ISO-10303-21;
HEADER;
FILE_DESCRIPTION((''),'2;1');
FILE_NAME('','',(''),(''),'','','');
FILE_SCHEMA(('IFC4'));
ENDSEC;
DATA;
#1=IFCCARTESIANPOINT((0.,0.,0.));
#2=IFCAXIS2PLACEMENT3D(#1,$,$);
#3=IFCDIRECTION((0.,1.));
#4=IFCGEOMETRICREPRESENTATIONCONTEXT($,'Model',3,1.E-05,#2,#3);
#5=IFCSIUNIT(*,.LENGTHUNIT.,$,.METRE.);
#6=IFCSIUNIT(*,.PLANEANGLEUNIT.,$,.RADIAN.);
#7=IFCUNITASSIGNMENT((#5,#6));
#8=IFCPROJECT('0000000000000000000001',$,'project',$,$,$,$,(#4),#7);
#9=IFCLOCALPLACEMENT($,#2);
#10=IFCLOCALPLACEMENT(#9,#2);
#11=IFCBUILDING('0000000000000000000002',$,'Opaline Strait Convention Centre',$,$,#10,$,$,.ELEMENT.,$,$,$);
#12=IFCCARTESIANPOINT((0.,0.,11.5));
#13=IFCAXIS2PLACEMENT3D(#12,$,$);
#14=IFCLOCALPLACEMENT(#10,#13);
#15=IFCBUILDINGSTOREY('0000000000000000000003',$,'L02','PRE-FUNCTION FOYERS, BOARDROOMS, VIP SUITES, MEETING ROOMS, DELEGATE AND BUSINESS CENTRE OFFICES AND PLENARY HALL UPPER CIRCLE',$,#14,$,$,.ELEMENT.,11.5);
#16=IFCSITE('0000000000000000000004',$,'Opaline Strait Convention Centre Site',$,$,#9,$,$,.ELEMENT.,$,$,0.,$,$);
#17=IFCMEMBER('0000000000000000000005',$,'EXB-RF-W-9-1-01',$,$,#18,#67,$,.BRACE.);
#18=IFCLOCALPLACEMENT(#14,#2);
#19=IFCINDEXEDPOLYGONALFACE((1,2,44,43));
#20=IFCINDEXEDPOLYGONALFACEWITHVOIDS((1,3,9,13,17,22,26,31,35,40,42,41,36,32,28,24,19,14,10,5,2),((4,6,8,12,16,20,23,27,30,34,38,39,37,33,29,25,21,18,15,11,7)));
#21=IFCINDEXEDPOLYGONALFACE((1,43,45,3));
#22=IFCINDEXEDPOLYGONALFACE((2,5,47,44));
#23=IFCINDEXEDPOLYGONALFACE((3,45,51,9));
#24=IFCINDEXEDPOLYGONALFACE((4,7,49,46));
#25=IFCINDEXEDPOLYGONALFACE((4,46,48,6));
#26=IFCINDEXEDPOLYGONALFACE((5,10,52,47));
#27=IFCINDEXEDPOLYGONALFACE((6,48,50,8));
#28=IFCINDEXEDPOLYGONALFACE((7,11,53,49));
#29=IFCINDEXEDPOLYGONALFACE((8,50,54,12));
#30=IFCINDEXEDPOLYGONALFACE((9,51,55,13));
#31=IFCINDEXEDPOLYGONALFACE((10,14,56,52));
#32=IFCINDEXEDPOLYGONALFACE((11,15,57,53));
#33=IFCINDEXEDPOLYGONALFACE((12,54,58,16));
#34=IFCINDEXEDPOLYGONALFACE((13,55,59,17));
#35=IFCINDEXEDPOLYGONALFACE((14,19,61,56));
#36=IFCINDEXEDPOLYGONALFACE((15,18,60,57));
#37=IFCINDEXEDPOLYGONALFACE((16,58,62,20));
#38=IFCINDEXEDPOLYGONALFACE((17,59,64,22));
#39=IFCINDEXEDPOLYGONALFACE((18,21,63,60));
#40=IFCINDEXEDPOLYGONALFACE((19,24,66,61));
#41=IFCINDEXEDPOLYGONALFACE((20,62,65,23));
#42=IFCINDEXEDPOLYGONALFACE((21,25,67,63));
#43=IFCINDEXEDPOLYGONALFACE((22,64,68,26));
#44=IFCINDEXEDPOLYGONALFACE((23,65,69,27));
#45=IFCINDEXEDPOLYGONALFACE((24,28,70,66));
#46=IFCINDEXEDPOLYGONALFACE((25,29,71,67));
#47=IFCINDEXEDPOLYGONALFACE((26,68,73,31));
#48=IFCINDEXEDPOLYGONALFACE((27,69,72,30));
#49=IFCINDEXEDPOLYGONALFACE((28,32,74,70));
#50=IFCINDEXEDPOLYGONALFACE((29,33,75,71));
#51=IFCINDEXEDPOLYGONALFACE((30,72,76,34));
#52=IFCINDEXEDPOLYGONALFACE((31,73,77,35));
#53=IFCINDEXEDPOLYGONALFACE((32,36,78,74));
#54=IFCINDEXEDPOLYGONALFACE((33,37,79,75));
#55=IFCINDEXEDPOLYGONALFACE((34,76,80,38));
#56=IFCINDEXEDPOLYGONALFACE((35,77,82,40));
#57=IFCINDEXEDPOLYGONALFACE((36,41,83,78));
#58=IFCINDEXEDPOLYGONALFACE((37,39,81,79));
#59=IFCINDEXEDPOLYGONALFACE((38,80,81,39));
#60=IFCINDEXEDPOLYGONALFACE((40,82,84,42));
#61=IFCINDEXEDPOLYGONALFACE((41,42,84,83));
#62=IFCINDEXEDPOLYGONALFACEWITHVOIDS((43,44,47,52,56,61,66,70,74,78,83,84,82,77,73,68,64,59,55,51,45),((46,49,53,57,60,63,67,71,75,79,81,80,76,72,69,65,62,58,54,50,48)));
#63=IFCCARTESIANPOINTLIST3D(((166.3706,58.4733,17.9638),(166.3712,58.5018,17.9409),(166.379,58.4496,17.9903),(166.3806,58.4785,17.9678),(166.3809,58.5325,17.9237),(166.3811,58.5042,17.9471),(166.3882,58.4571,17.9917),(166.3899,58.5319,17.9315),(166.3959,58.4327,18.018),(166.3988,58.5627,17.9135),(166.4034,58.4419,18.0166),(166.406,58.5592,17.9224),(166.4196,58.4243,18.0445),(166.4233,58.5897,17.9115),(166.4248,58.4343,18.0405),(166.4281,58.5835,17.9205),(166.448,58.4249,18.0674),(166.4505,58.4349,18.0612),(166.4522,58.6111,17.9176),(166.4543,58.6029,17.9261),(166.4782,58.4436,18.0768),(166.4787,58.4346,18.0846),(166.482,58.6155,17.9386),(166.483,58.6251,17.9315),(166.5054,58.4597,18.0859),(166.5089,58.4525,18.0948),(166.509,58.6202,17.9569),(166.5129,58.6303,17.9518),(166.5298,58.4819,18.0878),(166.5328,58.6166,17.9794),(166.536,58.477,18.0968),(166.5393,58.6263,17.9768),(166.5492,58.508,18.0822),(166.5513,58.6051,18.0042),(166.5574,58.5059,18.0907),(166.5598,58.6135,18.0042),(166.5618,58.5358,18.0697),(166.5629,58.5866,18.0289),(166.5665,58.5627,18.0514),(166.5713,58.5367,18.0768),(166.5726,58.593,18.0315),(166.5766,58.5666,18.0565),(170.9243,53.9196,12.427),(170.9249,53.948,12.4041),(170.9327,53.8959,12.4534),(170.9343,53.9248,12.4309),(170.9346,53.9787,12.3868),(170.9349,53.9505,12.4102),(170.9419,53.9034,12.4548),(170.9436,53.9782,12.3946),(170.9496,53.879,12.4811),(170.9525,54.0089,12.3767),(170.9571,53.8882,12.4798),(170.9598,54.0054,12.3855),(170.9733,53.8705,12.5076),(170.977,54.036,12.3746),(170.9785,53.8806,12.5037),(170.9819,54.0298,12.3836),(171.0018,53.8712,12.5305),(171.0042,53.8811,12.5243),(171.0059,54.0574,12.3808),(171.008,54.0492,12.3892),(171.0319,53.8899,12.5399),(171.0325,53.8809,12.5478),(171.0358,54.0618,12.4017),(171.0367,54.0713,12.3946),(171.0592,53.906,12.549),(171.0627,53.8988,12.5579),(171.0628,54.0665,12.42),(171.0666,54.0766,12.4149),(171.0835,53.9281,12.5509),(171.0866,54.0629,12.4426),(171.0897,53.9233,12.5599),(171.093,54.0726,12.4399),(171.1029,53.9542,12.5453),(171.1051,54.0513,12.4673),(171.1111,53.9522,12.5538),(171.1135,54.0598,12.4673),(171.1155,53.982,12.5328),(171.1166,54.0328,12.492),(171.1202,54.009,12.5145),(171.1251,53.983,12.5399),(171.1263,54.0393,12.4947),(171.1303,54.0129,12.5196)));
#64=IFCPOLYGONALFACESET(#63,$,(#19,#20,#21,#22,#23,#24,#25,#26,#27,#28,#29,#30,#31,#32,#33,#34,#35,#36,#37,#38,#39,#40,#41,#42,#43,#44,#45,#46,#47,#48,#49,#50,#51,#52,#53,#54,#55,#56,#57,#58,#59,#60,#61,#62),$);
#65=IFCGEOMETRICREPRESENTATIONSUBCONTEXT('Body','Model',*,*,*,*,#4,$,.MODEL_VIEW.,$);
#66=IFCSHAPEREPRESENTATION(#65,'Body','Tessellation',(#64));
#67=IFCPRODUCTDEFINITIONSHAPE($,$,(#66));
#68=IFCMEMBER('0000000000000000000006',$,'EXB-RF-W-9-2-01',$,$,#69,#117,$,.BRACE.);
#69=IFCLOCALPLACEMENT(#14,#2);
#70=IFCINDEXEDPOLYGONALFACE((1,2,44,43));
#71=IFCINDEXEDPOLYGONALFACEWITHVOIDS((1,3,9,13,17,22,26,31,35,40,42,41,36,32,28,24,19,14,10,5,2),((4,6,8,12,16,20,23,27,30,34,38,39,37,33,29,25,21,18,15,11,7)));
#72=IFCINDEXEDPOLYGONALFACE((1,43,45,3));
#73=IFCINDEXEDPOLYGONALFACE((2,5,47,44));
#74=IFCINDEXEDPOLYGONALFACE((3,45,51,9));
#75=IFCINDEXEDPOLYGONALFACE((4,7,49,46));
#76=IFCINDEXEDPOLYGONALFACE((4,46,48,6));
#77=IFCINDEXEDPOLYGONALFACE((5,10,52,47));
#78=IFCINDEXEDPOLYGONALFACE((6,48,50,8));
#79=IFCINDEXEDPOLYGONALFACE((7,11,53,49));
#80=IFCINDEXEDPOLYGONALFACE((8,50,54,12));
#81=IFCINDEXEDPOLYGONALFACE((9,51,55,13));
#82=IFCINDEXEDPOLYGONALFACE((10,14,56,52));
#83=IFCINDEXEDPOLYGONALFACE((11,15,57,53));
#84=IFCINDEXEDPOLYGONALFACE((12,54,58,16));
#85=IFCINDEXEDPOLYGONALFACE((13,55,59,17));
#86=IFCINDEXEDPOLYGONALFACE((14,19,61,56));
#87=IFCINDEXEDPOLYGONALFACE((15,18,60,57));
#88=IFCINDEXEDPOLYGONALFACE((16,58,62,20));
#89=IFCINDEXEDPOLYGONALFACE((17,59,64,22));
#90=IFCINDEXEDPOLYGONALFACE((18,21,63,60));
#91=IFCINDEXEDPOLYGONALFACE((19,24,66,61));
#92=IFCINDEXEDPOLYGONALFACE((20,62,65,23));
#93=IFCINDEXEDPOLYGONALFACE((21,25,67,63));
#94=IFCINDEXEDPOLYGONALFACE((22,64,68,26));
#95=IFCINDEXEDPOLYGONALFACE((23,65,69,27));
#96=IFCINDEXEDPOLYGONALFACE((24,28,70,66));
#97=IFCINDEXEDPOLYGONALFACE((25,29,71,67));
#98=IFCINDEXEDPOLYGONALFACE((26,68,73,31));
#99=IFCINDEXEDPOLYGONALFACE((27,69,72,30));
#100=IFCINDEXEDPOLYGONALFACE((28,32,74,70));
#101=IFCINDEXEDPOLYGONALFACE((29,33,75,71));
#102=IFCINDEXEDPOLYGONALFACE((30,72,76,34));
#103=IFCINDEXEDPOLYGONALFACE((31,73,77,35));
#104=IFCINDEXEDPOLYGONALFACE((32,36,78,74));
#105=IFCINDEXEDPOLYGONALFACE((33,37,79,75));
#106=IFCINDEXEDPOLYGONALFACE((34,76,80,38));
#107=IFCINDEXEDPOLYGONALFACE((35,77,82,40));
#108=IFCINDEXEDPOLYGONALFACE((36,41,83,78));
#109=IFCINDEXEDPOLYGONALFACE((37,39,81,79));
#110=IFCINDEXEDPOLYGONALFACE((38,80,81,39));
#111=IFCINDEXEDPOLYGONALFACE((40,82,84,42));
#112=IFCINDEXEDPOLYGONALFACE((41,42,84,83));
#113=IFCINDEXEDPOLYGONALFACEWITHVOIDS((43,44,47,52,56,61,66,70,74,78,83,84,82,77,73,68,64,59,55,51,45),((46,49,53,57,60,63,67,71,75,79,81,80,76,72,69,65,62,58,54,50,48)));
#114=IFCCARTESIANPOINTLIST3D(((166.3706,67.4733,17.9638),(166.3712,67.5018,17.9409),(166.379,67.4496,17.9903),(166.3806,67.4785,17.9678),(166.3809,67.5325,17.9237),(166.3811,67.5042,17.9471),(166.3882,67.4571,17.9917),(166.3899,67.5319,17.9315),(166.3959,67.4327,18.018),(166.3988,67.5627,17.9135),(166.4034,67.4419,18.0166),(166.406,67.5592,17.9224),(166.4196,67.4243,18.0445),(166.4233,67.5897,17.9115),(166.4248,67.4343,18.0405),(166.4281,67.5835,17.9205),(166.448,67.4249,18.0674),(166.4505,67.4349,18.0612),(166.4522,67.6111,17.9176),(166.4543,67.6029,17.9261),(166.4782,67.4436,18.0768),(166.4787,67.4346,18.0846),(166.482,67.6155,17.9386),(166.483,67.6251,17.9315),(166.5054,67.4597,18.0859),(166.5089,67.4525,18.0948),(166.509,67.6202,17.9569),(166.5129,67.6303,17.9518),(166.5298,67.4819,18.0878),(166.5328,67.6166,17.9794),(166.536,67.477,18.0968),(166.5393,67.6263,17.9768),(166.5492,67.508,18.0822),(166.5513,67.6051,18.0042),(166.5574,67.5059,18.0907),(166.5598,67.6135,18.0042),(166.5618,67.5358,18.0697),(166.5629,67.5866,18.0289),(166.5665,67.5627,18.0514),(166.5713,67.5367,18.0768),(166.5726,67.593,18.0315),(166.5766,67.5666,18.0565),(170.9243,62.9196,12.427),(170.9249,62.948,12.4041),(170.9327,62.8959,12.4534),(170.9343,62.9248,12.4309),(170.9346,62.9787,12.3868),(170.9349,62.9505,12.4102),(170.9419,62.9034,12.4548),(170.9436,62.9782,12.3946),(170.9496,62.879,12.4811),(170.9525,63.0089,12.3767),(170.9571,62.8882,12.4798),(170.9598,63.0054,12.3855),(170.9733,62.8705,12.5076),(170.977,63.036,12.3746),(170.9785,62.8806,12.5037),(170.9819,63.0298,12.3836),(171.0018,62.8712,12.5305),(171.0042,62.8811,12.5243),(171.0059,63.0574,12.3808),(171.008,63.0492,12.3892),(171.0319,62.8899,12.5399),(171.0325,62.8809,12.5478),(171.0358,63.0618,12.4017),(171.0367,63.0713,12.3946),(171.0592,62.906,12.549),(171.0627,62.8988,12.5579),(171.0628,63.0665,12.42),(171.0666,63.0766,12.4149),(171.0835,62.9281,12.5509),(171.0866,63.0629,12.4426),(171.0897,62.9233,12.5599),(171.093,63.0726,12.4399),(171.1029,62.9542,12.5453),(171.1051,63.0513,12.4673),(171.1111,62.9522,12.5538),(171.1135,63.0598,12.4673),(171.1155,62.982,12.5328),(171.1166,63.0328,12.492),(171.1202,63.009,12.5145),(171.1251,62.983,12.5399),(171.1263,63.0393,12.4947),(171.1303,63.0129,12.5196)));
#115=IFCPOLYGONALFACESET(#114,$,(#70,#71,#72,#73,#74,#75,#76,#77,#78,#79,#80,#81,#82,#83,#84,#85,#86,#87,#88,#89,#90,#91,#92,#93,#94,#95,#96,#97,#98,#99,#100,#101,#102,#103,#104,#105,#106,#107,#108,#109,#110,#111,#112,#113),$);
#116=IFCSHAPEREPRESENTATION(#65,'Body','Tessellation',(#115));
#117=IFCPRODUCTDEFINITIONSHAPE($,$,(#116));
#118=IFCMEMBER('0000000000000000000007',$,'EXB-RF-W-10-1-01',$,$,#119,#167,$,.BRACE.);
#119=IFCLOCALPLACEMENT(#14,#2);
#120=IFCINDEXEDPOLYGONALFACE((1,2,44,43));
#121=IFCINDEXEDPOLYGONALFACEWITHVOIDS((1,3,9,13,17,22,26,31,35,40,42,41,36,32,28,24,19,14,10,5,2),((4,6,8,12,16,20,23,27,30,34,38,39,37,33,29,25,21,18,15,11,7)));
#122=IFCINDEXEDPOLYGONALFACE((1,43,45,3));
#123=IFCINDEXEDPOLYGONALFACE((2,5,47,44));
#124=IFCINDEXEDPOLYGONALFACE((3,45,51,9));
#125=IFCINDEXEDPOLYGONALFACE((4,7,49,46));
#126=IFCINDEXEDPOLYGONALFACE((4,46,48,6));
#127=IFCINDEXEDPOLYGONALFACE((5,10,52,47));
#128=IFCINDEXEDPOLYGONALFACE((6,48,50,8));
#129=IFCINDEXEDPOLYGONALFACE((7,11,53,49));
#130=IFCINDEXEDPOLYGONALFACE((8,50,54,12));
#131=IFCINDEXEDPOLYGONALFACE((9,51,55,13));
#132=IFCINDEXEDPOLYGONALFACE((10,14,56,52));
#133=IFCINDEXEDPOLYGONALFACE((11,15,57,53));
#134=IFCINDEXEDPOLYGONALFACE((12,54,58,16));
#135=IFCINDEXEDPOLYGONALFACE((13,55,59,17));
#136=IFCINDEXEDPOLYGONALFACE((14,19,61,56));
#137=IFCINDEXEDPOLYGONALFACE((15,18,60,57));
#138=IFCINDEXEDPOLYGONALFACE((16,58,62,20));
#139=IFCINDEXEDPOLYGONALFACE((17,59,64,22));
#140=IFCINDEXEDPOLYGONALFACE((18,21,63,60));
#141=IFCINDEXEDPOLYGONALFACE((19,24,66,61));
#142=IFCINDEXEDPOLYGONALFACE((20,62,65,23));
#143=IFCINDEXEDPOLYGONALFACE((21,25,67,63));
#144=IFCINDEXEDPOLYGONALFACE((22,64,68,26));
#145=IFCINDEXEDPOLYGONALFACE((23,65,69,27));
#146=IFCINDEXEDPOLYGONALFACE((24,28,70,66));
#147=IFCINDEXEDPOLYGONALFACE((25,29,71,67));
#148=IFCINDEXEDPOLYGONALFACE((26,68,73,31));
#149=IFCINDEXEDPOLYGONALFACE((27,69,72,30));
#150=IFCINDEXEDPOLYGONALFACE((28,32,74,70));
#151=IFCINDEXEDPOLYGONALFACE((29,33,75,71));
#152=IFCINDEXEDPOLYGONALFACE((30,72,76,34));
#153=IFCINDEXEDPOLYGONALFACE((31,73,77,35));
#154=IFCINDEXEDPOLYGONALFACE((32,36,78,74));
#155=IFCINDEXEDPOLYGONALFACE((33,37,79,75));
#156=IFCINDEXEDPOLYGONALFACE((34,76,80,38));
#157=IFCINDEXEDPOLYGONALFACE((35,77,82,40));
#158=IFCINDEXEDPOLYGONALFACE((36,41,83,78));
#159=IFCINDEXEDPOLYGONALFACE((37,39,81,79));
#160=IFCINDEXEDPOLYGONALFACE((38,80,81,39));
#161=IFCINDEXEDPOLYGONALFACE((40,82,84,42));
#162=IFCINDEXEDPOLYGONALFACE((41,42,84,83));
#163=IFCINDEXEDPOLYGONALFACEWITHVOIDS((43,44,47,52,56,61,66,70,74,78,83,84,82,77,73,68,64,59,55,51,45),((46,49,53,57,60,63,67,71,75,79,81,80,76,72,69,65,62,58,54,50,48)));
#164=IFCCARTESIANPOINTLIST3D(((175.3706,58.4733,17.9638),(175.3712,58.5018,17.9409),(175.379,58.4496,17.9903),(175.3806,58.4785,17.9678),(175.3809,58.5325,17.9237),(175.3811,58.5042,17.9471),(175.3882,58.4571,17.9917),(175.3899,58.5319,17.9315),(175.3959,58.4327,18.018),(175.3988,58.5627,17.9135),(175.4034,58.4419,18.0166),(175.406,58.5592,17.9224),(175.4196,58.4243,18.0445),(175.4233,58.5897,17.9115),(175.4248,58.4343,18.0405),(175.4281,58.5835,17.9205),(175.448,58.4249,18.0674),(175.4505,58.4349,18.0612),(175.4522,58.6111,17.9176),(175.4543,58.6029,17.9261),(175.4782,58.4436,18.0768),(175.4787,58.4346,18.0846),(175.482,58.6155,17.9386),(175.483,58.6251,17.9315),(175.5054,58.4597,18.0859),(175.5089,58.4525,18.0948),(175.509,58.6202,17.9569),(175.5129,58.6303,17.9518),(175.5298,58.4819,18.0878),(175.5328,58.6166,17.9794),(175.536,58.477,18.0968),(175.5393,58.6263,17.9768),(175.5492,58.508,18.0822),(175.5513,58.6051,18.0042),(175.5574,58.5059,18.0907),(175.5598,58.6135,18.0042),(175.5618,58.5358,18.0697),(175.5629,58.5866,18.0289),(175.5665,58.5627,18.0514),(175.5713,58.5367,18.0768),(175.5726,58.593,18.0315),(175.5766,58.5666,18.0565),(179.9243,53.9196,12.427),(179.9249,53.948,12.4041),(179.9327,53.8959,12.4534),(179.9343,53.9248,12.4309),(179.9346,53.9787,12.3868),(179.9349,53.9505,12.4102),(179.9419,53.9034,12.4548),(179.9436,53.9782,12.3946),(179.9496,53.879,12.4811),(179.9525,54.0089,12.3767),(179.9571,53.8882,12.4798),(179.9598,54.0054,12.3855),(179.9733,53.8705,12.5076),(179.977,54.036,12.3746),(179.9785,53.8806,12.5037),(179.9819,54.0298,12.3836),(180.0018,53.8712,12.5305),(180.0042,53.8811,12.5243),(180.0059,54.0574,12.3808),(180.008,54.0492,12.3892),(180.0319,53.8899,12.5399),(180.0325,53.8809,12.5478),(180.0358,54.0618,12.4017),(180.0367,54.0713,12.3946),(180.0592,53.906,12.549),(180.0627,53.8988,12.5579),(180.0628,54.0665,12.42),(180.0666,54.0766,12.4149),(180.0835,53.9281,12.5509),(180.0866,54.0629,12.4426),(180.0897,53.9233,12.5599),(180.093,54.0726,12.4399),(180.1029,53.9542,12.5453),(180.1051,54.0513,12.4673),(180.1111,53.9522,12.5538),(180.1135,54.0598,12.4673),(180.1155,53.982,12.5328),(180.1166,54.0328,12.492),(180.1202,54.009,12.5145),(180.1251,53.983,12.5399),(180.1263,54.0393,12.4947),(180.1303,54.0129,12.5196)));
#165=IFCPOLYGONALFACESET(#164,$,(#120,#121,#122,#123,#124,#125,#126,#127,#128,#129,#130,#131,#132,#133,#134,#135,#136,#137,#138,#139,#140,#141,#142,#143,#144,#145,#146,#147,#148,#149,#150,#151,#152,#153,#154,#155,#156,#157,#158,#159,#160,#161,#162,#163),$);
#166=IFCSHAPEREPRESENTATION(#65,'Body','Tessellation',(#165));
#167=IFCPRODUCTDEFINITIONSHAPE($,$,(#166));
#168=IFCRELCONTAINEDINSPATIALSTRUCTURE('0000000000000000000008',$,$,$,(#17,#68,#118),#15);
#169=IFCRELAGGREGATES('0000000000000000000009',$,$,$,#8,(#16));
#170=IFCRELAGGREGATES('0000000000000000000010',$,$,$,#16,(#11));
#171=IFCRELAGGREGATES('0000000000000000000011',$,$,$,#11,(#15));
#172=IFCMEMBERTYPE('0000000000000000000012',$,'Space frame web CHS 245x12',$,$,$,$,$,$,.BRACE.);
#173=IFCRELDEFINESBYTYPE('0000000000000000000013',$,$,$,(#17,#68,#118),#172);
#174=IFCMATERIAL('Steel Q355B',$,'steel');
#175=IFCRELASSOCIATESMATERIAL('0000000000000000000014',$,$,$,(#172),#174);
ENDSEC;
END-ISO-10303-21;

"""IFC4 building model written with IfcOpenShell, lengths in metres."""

from ifc_helpers import new_model, si_unit, direction, frame, origin, origin_2d, place, context, subcontext, project, spatial, hollow_circle, extrude, material, material_profile, profile_set, type_object, element, save


model = new_model("IFC4")

# Units and contexts
model_context = context("Model", 3, precision=1e-05, world=origin(), true_north=direction((0.0, 1.0)))
body_context = subcontext(model_context, "Body", "Model", "MODEL_VIEW")
ifc_project = project(units=[si_unit("LENGTHUNIT", "METRE"), si_unit("PLANEANGLEUNIT", "RADIAN")], contexts=[model_context])

# Site, building, storey
site_placement = place(None, origin())
site = spatial("IfcSite", under=ifc_project, at=site_placement, Name="Opaline Strait Convention Centre Site", CompositionType="ELEMENT", RefElevation=0.0)
building_placement = place(site_placement, origin())
building = spatial("IfcBuilding", under=site, at=building_placement, Name="Opaline Strait Convention Centre", CompositionType="ELEMENT")
storey_placement = place(building_placement, frame((0.0, 0.0, 11.5)))
storey = spatial("IfcBuildingStorey", under=building, at=storey_placement, Name="L02", Description="PRE-FUNCTION FOYERS, BOARDROOMS, VIP SUITES, MEETING ROOMS, DELEGATE AND BUSINESS CENTRE OFFICES AND PLENARY HALL UPPER CIRCLE", CompositionType="ELEMENT", Elevation=11.5)

# Members
ifc_material = material(Name="Steel Q355B", Category="steel")
ifc_material_profile_1 = material_profile(ifc_material, hollow_circle(Radius=0.1226, WallThickness=0.012, at=origin_2d()), Name="CHS 245x12")
ifc_profile_set_1 = profile_set([ifc_material_profile_1], Name="Steel Q355B")
member_type_1 = type_object("IfcMemberType", Name="Space frame web CHS 245x12", PredefinedType="BRACE", material=ifc_profile_set_1)
for number, where, z_axis, x_axis, name in (
    (1, (166.4731, 58.5269, 18.0042), (0.536178, -0.536178, -0.65194), (0.707107, 0.707107, 0.0), "EXB-RF-W-9-1-01"),
    (2, (166.4731, 67.5269, 18.0042), (0.536178, -0.536178, -0.65194), (0.707107, 0.707107, 0.0), "EXB-RF-W-9-2-01"),
    (3, (175.4731, 58.5269, 18.0042), (0.536178, -0.536178, -0.65194), (0.707107, 0.707107, 0.0), "EXB-RF-W-10-1-01"),
):
    element("IfcMember", number, at=place(storey_placement, frame(where, z_axis=z_axis, x_axis=x_axis)), inside=storey, type_object=member_type_1, Name=name, PredefinedType="BRACE", context=body_context, shape_type="SweptSolid", body=[
        extrude(hollow_circle(Radius=0.1226, WallThickness=0.012, at=origin_2d()), origin(), (0.0, 0.0, 1.0), 8.4929),
    ])

save(model, "model.ifc")
